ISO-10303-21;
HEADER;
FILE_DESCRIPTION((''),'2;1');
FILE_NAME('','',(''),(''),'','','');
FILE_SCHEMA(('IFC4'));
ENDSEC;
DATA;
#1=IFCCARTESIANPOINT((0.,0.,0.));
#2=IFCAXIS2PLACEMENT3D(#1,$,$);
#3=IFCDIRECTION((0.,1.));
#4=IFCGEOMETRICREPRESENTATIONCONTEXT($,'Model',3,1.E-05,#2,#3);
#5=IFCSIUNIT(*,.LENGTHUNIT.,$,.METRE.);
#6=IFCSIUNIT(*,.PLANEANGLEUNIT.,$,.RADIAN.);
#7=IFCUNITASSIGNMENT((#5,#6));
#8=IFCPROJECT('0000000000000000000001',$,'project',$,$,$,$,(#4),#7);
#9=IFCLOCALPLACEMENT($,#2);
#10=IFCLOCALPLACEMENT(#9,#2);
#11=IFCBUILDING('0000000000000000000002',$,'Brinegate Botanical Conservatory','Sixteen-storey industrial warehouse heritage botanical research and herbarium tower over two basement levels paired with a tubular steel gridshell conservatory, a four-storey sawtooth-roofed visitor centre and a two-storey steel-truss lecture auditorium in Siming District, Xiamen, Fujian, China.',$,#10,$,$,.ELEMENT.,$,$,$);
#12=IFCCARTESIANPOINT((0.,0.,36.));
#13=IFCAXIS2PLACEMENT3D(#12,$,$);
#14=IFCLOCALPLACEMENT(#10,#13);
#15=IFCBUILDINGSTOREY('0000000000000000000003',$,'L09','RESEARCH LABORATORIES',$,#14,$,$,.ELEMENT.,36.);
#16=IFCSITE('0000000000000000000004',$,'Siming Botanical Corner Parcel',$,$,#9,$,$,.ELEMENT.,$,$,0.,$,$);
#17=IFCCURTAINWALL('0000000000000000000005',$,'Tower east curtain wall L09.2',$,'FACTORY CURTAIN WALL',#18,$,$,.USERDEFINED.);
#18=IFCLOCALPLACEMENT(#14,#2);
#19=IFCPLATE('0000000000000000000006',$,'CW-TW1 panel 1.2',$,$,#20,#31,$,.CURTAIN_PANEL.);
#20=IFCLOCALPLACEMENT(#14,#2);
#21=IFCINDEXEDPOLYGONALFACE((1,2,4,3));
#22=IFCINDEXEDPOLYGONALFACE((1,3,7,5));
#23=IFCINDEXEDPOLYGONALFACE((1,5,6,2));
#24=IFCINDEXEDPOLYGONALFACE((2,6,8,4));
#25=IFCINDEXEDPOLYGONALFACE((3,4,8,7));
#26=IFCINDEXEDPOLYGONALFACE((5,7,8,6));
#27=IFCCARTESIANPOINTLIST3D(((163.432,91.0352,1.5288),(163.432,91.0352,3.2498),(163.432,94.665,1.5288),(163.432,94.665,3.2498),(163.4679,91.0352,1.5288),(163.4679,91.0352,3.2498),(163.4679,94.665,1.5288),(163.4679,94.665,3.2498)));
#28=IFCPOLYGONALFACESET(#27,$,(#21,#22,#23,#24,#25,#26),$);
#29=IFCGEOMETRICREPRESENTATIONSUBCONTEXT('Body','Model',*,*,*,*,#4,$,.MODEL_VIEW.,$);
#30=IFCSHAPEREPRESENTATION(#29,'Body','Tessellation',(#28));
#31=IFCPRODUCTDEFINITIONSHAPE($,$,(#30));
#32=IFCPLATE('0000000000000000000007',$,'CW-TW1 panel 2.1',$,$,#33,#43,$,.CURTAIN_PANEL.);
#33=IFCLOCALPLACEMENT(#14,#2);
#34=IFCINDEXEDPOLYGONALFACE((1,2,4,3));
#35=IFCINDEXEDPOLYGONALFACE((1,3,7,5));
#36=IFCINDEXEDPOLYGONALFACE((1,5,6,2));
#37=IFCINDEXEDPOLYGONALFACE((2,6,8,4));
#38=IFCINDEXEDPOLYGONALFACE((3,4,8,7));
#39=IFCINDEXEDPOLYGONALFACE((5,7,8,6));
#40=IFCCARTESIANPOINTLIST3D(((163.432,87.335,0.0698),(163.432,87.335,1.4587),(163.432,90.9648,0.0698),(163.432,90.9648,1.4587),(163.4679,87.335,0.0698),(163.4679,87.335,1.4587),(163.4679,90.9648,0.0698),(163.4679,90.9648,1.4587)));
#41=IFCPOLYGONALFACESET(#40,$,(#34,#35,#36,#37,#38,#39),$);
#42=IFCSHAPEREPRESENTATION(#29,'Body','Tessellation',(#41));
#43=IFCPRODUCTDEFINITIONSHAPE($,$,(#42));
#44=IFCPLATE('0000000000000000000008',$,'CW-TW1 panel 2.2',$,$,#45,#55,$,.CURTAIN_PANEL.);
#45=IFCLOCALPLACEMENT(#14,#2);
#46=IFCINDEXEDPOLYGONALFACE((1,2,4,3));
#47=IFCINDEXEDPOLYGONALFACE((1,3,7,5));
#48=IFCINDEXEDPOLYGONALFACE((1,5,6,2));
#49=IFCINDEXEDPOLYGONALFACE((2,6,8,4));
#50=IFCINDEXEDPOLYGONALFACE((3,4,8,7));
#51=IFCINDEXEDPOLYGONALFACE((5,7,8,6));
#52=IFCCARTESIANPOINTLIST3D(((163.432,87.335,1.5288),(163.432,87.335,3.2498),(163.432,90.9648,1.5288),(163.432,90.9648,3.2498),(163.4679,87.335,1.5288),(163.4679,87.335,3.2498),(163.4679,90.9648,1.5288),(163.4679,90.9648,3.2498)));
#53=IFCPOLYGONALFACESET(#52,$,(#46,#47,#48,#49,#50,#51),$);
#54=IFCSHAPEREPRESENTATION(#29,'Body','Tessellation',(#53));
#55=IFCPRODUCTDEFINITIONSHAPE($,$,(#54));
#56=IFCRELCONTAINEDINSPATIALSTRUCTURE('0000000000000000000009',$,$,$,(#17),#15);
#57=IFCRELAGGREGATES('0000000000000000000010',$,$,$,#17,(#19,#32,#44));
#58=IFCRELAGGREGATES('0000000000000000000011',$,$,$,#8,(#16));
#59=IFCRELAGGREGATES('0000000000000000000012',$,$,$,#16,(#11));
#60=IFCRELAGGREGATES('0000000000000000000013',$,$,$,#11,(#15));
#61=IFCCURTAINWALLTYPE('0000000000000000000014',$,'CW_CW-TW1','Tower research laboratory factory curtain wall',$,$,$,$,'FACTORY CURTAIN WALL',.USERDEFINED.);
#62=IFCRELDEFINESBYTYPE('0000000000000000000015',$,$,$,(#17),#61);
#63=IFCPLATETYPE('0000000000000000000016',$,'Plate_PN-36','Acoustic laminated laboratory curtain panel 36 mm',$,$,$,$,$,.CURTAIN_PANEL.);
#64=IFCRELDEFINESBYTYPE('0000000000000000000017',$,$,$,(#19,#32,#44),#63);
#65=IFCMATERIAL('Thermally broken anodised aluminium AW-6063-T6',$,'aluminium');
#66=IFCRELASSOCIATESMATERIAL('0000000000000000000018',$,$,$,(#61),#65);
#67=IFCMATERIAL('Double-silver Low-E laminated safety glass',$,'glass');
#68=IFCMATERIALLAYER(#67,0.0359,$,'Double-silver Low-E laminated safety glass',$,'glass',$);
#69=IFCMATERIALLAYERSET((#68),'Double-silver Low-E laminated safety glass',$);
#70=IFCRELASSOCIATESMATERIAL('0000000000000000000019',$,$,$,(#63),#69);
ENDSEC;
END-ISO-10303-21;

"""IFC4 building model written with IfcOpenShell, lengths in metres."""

from ifc_helpers import new_model, si_unit, direction, frame, origin, origin_2d, place, context, subcontext, project, spatial, rectangle, extrude, material, layer, layer_set, type_object, element, aggregate, save


model = new_model("IFC4")

# Units and contexts
model_context = context("Model", 3, precision=1e-05, world=origin(), true_north=direction((0.0, 1.0)))
body_context = subcontext(model_context, "Body", "Model", "MODEL_VIEW")
ifc_project = project(units=[si_unit("LENGTHUNIT", "METRE"), si_unit("PLANEANGLEUNIT", "RADIAN")], contexts=[model_context])

# Site, building, storey
site_placement = place(None, origin())
site = spatial("IfcSite", under=ifc_project, at=site_placement, Name="Siming Botanical Corner Parcel", CompositionType="ELEMENT", RefElevation=0.0)
building_placement = place(site_placement, origin())
building = spatial("IfcBuilding", under=site, at=building_placement, Name="Brinegate Botanical Conservatory", Description="Sixteen-storey industrial warehouse heritage botanical research and herbarium tower over two basement levels paired with a tubular steel gridshell conservatory, a four-storey sawtooth-roofed visitor centre and a two-storey steel-truss lecture auditorium in Siming District, Xiamen, Fujian, China.", CompositionType="ELEMENT")
storey_placement = place(building_placement, frame((0.0, 0.0, 36.0)))
storey = spatial("IfcBuildingStorey", under=building, at=storey_placement, Name="L09", Description="RESEARCH LABORATORIES", CompositionType="ELEMENT", Elevation=36.0)

# Shared definitions
ifc_material_1 = material(Name="Thermally broken anodised aluminium AW-6063-T6", Category="aluminium")
curtain_wall_type = type_object("IfcCurtainWallType", Name="CW_CW-TW1", Description="Tower research laboratory factory curtain wall", ElementType="FACTORY CURTAIN WALL", PredefinedType="USERDEFINED", material=ifc_material_1)

# Curtain wall
curtain_wall_1_placement = place(storey_placement, origin())
curtain_wall_1 = element("IfcCurtainWall", 1, at=curtain_wall_1_placement, inside=storey, type_object=curtain_wall_type, Name="Tower east curtain wall L09.2", ObjectType="FACTORY CURTAIN WALL", PredefinedType="USERDEFINED")

# Plates
ifc_material_2 = material(Name="Double-silver Low-E laminated safety glass", Category="glass")
ifc_layer = layer(ifc_material_2, 0.0359, Name="Double-silver Low-E laminated safety glass", Category="glass")
ifc_layer_set = layer_set([ifc_layer], Name="Double-silver Low-E laminated safety glass")
plate_type = type_object("IfcPlateType", Name="Plate_PN-36", Description="Acoustic laminated laboratory curtain panel 36 mm", PredefinedType="CURTAIN_PANEL", material=ifc_layer_set)
plate_1_placement = place(storey_placement, frame((163.45, 92.8501, 1.5288), z_axis=(0.0, 0.0, 1.0), x_axis=(0.0, -1.0, 0.0)))
plate_1 = element("IfcPlate", 2, at=plate_1_placement, type_object=plate_type, Name="CW-TW1 panel 1.2", PredefinedType="CURTAIN_PANEL", context=body_context, shape_type="SweptSolid", body=[
    extrude(rectangle(XDim=3.6299, YDim=0.0359, at=origin_2d()), origin(), (0.0, 0.0, 1.0), 1.7209),
])
plate_2_placement = place(storey_placement, frame((163.45, 89.1499, 0.0698), z_axis=(0.0, 0.0, 1.0), x_axis=(0.0, -1.0, 0.0)))
plate_2 = element("IfcPlate", 3, at=plate_2_placement, type_object=plate_type, Name="CW-TW1 panel 2.1", PredefinedType="CURTAIN_PANEL", context=body_context, shape_type="SweptSolid", body=[
    extrude(rectangle(XDim=3.6299, YDim=0.0359, at=origin_2d()), origin(), (0.0, 0.0, 1.0), 1.3889),
])
plate_3_placement = place(storey_placement, frame((163.45, 89.1499, 1.5288), z_axis=(0.0, 0.0, 1.0), x_axis=(0.0, -1.0, 0.0)))
plate_3 = element("IfcPlate", 4, at=plate_3_placement, type_object=plate_type, Name="CW-TW1 panel 2.2", PredefinedType="CURTAIN_PANEL", context=body_context, shape_type="SweptSolid", body=[
    extrude(rectangle(XDim=3.6299, YDim=0.0359, at=origin_2d()), origin(), (0.0, 0.0, 1.0), 1.7209),
])
aggregate(curtain_wall_1, [plate_1, plate_2, plate_3])

save(model, "model.ifc")
